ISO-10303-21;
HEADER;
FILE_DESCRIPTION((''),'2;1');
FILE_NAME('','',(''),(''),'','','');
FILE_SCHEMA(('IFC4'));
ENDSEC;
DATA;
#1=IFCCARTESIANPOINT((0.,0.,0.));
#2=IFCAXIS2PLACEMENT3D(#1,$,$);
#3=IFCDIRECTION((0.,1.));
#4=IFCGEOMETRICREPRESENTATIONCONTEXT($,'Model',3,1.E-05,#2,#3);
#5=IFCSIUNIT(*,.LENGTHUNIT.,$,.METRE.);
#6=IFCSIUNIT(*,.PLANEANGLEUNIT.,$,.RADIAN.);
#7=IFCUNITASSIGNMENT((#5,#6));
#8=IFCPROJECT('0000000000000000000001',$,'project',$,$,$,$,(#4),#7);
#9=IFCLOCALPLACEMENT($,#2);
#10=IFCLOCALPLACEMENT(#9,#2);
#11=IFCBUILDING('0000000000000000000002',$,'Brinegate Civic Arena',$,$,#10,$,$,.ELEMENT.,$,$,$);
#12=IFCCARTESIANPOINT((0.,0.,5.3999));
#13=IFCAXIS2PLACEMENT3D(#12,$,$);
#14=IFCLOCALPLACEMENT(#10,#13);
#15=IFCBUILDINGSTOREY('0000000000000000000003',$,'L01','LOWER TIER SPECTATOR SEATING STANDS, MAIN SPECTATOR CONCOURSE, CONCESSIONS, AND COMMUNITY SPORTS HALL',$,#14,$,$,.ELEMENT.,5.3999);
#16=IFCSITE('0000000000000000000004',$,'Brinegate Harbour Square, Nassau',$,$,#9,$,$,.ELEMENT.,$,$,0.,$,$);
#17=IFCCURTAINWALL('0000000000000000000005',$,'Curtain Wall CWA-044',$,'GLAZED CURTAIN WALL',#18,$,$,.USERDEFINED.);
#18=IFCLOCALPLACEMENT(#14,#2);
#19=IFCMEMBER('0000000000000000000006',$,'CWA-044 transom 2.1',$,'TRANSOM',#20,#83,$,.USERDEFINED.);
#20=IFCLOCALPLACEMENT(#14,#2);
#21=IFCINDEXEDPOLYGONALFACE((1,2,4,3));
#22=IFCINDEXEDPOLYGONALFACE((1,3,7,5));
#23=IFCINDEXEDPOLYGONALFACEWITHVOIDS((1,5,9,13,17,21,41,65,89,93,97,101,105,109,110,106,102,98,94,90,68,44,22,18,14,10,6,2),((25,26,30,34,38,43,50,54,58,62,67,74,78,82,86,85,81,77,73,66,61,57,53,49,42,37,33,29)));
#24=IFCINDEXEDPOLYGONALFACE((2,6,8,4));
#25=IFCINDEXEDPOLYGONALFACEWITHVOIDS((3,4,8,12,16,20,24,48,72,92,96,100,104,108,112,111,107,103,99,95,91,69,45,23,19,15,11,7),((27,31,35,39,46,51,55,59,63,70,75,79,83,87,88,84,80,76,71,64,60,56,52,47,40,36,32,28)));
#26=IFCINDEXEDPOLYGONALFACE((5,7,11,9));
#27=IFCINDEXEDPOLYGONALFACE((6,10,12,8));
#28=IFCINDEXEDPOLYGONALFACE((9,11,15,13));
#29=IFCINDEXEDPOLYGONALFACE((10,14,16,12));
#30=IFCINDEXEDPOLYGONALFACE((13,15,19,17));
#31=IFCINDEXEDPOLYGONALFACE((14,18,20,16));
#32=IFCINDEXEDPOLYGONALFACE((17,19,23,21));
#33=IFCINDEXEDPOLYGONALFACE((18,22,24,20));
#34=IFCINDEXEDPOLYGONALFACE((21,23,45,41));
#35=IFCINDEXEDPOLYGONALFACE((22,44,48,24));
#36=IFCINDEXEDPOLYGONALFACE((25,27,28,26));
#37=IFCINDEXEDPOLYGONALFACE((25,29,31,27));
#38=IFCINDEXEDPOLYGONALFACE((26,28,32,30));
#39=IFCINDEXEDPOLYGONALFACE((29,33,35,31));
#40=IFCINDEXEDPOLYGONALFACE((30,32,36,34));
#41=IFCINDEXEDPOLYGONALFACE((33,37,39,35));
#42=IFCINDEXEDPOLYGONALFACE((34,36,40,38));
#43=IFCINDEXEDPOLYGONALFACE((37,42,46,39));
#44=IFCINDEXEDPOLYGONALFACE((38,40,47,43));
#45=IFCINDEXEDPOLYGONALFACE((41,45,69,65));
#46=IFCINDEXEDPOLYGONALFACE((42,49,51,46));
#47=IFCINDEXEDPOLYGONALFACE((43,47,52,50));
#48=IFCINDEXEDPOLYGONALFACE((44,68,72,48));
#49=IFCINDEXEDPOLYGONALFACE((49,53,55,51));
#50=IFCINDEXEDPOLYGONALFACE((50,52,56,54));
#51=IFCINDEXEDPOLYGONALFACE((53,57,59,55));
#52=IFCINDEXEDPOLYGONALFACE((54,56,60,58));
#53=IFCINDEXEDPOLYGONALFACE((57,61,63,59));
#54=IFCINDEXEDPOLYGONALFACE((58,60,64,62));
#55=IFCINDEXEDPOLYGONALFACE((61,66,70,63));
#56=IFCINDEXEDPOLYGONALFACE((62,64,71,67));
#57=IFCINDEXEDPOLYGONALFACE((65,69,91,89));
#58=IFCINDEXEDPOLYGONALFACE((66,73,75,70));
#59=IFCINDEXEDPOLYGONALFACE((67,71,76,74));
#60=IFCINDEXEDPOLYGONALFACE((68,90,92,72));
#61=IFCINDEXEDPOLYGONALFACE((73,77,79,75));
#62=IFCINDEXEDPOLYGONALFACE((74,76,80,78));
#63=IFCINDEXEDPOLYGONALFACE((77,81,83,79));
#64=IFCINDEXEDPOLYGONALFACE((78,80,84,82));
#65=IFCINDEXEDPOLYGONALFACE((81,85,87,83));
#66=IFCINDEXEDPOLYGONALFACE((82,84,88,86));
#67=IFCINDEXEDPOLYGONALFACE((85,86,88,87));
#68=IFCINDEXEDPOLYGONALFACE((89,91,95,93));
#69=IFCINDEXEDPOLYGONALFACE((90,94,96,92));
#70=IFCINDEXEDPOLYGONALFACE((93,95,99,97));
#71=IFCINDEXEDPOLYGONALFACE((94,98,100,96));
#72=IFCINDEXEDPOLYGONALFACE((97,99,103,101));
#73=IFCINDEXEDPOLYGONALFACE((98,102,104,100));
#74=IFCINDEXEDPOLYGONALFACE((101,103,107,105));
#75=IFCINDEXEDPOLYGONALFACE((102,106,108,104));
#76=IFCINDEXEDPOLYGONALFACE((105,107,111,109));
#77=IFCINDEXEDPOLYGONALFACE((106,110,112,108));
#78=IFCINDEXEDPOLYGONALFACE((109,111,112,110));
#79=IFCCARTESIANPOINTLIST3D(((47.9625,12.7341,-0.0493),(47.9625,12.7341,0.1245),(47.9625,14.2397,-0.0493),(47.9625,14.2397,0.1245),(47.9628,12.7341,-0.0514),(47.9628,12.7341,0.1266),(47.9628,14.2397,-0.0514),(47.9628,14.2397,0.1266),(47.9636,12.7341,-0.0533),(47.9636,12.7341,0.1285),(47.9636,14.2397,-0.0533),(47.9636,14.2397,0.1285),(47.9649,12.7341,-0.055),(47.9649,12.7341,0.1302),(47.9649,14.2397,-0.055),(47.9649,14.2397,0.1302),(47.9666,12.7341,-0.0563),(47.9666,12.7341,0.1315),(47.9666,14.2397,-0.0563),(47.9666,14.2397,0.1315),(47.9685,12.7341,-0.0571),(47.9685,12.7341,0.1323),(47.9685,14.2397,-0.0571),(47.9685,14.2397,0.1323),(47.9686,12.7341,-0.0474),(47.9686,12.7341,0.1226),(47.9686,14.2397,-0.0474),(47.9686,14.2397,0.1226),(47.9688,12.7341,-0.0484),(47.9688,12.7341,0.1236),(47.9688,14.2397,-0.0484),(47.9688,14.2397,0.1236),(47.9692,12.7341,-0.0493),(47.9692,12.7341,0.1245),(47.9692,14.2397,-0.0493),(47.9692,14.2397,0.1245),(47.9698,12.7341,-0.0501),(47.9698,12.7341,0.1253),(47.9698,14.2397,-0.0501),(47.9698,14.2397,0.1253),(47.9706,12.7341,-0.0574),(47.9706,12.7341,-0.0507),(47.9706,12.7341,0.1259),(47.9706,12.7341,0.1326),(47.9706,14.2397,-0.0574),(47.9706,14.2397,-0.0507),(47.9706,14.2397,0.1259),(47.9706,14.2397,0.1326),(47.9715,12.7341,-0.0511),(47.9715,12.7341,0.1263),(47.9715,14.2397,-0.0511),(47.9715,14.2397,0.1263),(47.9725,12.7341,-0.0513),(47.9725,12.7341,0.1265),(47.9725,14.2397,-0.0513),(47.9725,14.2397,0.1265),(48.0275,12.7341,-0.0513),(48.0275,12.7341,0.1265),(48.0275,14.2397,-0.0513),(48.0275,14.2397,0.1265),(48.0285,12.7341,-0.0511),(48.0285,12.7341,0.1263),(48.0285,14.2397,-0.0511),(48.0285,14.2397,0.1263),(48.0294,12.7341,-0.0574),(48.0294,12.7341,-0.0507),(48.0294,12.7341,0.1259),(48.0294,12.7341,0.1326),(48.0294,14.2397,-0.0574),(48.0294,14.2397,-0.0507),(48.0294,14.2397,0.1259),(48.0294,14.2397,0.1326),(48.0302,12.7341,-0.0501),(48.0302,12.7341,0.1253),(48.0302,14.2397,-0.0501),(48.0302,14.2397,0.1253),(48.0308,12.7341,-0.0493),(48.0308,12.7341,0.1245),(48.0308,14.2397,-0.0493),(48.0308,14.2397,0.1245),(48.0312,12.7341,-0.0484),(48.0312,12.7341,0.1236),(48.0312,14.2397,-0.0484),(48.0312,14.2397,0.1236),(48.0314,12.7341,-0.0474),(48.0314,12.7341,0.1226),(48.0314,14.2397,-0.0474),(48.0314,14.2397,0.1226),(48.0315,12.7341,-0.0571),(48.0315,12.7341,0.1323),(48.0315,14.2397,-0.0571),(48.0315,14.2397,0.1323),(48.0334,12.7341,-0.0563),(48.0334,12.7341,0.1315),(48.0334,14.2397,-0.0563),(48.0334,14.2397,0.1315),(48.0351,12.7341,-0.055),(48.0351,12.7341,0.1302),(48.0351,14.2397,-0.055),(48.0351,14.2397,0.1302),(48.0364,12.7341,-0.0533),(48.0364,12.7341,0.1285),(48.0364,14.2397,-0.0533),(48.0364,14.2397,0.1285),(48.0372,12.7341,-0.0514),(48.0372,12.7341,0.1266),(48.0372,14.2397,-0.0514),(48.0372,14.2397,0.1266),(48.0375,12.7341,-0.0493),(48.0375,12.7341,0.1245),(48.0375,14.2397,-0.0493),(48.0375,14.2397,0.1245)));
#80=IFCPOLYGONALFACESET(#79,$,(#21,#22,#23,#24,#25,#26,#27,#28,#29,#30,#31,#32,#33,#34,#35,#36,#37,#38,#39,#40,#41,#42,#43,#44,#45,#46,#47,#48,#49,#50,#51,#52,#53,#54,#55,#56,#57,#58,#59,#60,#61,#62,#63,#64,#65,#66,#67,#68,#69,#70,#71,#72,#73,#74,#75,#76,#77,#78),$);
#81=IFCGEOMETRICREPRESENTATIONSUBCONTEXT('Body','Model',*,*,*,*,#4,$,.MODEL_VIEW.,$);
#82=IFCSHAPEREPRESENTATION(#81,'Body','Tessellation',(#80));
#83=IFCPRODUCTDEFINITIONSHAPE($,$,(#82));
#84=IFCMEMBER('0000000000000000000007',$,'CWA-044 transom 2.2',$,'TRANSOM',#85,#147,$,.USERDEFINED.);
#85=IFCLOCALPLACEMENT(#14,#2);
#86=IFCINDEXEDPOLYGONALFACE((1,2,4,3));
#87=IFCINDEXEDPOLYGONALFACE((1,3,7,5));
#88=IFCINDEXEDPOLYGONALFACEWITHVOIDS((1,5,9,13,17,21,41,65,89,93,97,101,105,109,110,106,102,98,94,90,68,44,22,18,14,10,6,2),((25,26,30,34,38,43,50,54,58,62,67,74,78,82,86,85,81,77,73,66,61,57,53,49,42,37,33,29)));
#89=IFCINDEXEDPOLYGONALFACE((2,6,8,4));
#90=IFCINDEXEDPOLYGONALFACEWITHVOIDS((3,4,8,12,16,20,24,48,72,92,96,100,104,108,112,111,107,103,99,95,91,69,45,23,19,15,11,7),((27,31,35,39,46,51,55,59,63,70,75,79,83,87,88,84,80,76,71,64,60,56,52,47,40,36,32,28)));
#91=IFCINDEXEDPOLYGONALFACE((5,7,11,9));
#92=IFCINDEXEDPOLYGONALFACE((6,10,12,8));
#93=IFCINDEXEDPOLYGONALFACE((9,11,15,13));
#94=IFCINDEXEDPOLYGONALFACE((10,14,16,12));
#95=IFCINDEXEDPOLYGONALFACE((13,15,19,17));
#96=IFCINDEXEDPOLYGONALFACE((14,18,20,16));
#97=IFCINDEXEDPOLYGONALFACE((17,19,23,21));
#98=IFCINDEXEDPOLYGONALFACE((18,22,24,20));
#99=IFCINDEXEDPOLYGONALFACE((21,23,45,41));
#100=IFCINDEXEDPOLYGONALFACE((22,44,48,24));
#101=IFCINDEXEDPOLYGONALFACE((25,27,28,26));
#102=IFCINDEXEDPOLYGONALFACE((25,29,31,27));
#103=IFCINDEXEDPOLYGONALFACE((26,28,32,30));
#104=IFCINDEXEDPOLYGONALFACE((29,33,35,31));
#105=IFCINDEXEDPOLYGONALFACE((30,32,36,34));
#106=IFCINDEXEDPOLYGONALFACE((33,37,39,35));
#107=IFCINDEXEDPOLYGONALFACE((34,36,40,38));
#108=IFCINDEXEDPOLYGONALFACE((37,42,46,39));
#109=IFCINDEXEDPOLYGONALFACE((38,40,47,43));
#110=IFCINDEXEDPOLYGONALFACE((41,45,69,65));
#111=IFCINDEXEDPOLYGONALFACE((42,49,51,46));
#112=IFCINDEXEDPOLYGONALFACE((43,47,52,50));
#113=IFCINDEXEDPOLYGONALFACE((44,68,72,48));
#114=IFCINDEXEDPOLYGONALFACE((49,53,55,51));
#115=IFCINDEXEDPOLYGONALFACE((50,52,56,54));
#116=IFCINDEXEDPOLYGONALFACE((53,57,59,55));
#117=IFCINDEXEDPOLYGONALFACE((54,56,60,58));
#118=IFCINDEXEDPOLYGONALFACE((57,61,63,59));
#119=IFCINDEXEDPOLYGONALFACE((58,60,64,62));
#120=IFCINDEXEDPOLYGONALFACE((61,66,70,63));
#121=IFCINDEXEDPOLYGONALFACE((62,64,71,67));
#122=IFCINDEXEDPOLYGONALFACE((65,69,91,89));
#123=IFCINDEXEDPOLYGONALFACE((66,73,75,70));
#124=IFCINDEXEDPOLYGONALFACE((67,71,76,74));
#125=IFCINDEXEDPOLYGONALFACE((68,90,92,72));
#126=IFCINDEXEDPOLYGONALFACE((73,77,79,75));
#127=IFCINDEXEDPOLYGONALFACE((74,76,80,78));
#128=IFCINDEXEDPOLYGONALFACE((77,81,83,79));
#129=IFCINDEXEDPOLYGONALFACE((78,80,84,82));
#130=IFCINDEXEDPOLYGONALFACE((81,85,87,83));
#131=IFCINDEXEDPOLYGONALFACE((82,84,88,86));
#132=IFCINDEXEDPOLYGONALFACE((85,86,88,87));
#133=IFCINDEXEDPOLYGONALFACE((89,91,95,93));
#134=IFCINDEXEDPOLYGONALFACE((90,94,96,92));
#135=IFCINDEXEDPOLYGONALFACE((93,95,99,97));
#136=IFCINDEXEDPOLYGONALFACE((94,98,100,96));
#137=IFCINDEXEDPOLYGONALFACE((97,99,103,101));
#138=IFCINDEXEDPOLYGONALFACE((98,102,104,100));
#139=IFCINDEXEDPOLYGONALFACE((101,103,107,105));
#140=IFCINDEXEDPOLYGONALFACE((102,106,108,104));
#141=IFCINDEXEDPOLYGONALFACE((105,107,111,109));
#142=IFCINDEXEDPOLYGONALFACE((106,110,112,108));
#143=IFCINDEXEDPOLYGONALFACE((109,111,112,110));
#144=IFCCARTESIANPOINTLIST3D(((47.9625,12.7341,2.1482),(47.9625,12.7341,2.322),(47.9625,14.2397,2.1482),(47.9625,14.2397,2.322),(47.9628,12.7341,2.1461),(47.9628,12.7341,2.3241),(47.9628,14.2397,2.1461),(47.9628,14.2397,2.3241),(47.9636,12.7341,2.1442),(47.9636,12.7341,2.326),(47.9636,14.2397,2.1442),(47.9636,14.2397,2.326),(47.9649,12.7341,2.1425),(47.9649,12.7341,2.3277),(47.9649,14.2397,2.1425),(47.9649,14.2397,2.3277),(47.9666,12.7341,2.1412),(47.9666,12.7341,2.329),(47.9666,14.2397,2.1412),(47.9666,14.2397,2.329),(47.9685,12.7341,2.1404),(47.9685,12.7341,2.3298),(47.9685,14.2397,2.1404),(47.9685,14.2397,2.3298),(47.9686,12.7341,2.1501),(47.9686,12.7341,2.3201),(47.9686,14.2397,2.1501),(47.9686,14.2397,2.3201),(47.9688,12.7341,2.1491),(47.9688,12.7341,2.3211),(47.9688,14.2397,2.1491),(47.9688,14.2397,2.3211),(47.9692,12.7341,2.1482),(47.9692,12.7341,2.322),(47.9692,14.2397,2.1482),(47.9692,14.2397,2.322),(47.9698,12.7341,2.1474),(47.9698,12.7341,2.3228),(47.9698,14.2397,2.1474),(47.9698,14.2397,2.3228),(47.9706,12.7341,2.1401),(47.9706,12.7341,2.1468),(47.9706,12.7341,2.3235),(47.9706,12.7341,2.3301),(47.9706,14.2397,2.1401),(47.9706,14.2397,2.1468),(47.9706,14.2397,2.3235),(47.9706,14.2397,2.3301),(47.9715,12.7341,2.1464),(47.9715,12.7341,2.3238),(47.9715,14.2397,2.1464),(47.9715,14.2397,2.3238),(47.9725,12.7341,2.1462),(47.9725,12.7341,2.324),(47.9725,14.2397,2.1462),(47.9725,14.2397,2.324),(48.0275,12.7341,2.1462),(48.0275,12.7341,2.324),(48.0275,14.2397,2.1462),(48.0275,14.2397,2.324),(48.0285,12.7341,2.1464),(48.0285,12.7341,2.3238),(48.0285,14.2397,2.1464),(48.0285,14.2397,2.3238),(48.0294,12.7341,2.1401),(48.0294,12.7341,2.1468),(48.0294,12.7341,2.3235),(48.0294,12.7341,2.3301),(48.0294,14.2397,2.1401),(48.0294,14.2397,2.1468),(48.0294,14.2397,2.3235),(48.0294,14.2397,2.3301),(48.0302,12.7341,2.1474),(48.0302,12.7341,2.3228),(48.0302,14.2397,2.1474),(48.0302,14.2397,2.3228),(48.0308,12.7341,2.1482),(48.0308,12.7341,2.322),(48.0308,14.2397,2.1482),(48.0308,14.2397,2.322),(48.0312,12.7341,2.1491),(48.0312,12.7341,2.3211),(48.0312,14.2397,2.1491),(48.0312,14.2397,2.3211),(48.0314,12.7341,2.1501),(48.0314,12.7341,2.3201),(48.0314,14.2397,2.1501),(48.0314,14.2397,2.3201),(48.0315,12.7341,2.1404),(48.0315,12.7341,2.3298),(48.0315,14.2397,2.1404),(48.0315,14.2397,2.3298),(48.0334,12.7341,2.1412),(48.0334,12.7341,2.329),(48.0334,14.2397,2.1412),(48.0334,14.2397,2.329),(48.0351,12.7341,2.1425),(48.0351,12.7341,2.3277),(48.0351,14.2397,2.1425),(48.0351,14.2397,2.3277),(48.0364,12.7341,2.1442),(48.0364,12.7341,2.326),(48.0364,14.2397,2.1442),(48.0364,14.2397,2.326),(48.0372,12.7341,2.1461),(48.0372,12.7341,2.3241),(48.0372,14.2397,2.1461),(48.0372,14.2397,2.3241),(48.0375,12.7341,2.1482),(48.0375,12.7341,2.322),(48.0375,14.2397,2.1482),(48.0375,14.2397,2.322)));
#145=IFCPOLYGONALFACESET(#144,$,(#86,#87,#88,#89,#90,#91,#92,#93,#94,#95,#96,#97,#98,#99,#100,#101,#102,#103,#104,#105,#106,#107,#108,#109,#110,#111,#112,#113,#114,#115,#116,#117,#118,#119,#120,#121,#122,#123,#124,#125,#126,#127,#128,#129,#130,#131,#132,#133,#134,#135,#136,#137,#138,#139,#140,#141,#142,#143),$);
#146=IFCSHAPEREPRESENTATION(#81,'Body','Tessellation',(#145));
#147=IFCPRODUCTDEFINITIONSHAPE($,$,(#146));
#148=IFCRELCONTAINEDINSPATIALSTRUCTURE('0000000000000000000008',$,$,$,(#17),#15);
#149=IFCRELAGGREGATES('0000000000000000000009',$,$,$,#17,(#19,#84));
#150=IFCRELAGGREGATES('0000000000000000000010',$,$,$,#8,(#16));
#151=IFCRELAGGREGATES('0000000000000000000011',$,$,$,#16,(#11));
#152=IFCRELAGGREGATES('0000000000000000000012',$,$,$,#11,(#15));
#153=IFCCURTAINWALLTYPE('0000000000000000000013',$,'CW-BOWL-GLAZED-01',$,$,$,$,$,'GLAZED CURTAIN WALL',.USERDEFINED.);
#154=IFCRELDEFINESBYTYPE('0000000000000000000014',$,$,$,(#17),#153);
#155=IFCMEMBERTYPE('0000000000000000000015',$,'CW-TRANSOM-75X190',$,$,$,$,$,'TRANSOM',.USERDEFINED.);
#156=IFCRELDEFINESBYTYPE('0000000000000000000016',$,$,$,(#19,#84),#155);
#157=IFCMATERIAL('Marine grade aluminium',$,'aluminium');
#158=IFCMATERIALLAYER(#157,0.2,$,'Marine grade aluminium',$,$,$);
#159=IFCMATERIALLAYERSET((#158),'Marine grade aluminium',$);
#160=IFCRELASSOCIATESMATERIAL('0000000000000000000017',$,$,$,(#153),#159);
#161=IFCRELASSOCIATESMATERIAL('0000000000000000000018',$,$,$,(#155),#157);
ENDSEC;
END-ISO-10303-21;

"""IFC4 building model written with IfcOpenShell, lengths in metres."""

from ifc_helpers import new_model, si_unit, direction, frame, origin, origin_2d, place, context, subcontext, project, spatial, hollow_rectangle, extrude, material, layer, layer_set, material_profile, profile_set, type_object, element, aggregate, save


model = new_model("IFC4")

# Units and contexts
model_context = context("Model", 3, precision=1e-05, world=origin(), true_north=direction((0.0, 1.0)))
body_context = subcontext(model_context, "Body", "Model", "MODEL_VIEW")
ifc_project = project(units=[si_unit("LENGTHUNIT", "METRE"), si_unit("PLANEANGLEUNIT", "RADIAN")], contexts=[model_context])

# Site, building, storey
site_placement = place(None, origin())
site = spatial("IfcSite", under=ifc_project, at=site_placement, Name="Brinegate Harbour Square, Nassau", CompositionType="ELEMENT", RefElevation=0.0)
building_placement = place(site_placement, origin())
building = spatial("IfcBuilding", under=site, at=building_placement, Name="Brinegate Civic Arena", CompositionType="ELEMENT")
storey_placement = place(building_placement, frame((0.0, 0.0, 5.3999)))
storey = spatial("IfcBuildingStorey", under=building, at=storey_placement, Name="L01", Description="LOWER TIER SPECTATOR SEATING STANDS, MAIN SPECTATOR CONCOURSE, CONCESSIONS, AND COMMUNITY SPORTS HALL", CompositionType="ELEMENT", Elevation=5.3999)

# Curtain wall, members
ifc_material_1 = material(Name="Marine grade aluminium", Category="aluminium")
ifc_layer_1 = layer(ifc_material_1, 0.2, Name="Marine grade aluminium")
ifc_layer_set_1 = layer_set([ifc_layer_1], Name="Marine grade aluminium")
curtain_wall_type = type_object("IfcCurtainWallType", Name="CW-BOWL-GLAZED-01", ElementType="GLAZED CURTAIN WALL", PredefinedType="USERDEFINED", material=ifc_layer_set_1)
curtain_wall_placement = place(storey_placement, origin())
curtain_wall = element("IfcCurtainWall", 1, at=curtain_wall_placement, inside=storey, type_object=curtain_wall_type, Name="Curtain Wall CWA-044", ObjectType="GLAZED CURTAIN WALL", PredefinedType="USERDEFINED")
ifc_material_profile_1 = material_profile(ifc_material_1, hollow_rectangle(XDim=0.075, YDim=0.1899, WallThickness=0.0061, InnerFilletRadius=0.0039, OuterFilletRadius=0.0081, at=origin_2d()), Name="TRN75X190")
ifc_profile_set_1 = profile_set([ifc_material_profile_1], Name="Marine grade aluminium")
member_type_1 = type_object("IfcMemberType", Name="CW-TRANSOM-75X190", ElementType="TRANSOM", PredefinedType="USERDEFINED", material=ifc_profile_set_1)
member_1_placement = place(storey_placement, frame((48.0, 12.7341, 0.0376), z_axis=(0.0, 1.0, 0.0), x_axis=(-1.0, 0.0, 0.0)))
member_1 = element("IfcMember", 2, at=member_1_placement, type_object=member_type_1, Name="CWA-044 transom 2.1", ObjectType="TRANSOM", PredefinedType="USERDEFINED", context=body_context, shape_type="SweptSolid", body=[
    extrude(hollow_rectangle(XDim=0.075, YDim=0.1899, WallThickness=0.0061, InnerFilletRadius=0.0039, OuterFilletRadius=0.0081, at=origin_2d()), origin(), (0.0, 0.0, 1.0), 1.5056),
])
member_2_placement = place(storey_placement, frame((48.0, 12.7341, 2.2351), z_axis=(0.0, 1.0, 0.0), x_axis=(-1.0, 0.0, 0.0)))
member_2 = element("IfcMember", 3, at=member_2_placement, type_object=member_type_1, Name="CWA-044 transom 2.2", ObjectType="TRANSOM", PredefinedType="USERDEFINED", context=body_context, shape_type="SweptSolid", body=[
    extrude(hollow_rectangle(XDim=0.075, YDim=0.1899, WallThickness=0.0061, InnerFilletRadius=0.0039, OuterFilletRadius=0.0081, at=origin_2d()), origin(), (0.0, 0.0, 1.0), 1.5056),
])

aggregate(curtain_wall, [member_1, member_2])

save(model, "model.ifc")
